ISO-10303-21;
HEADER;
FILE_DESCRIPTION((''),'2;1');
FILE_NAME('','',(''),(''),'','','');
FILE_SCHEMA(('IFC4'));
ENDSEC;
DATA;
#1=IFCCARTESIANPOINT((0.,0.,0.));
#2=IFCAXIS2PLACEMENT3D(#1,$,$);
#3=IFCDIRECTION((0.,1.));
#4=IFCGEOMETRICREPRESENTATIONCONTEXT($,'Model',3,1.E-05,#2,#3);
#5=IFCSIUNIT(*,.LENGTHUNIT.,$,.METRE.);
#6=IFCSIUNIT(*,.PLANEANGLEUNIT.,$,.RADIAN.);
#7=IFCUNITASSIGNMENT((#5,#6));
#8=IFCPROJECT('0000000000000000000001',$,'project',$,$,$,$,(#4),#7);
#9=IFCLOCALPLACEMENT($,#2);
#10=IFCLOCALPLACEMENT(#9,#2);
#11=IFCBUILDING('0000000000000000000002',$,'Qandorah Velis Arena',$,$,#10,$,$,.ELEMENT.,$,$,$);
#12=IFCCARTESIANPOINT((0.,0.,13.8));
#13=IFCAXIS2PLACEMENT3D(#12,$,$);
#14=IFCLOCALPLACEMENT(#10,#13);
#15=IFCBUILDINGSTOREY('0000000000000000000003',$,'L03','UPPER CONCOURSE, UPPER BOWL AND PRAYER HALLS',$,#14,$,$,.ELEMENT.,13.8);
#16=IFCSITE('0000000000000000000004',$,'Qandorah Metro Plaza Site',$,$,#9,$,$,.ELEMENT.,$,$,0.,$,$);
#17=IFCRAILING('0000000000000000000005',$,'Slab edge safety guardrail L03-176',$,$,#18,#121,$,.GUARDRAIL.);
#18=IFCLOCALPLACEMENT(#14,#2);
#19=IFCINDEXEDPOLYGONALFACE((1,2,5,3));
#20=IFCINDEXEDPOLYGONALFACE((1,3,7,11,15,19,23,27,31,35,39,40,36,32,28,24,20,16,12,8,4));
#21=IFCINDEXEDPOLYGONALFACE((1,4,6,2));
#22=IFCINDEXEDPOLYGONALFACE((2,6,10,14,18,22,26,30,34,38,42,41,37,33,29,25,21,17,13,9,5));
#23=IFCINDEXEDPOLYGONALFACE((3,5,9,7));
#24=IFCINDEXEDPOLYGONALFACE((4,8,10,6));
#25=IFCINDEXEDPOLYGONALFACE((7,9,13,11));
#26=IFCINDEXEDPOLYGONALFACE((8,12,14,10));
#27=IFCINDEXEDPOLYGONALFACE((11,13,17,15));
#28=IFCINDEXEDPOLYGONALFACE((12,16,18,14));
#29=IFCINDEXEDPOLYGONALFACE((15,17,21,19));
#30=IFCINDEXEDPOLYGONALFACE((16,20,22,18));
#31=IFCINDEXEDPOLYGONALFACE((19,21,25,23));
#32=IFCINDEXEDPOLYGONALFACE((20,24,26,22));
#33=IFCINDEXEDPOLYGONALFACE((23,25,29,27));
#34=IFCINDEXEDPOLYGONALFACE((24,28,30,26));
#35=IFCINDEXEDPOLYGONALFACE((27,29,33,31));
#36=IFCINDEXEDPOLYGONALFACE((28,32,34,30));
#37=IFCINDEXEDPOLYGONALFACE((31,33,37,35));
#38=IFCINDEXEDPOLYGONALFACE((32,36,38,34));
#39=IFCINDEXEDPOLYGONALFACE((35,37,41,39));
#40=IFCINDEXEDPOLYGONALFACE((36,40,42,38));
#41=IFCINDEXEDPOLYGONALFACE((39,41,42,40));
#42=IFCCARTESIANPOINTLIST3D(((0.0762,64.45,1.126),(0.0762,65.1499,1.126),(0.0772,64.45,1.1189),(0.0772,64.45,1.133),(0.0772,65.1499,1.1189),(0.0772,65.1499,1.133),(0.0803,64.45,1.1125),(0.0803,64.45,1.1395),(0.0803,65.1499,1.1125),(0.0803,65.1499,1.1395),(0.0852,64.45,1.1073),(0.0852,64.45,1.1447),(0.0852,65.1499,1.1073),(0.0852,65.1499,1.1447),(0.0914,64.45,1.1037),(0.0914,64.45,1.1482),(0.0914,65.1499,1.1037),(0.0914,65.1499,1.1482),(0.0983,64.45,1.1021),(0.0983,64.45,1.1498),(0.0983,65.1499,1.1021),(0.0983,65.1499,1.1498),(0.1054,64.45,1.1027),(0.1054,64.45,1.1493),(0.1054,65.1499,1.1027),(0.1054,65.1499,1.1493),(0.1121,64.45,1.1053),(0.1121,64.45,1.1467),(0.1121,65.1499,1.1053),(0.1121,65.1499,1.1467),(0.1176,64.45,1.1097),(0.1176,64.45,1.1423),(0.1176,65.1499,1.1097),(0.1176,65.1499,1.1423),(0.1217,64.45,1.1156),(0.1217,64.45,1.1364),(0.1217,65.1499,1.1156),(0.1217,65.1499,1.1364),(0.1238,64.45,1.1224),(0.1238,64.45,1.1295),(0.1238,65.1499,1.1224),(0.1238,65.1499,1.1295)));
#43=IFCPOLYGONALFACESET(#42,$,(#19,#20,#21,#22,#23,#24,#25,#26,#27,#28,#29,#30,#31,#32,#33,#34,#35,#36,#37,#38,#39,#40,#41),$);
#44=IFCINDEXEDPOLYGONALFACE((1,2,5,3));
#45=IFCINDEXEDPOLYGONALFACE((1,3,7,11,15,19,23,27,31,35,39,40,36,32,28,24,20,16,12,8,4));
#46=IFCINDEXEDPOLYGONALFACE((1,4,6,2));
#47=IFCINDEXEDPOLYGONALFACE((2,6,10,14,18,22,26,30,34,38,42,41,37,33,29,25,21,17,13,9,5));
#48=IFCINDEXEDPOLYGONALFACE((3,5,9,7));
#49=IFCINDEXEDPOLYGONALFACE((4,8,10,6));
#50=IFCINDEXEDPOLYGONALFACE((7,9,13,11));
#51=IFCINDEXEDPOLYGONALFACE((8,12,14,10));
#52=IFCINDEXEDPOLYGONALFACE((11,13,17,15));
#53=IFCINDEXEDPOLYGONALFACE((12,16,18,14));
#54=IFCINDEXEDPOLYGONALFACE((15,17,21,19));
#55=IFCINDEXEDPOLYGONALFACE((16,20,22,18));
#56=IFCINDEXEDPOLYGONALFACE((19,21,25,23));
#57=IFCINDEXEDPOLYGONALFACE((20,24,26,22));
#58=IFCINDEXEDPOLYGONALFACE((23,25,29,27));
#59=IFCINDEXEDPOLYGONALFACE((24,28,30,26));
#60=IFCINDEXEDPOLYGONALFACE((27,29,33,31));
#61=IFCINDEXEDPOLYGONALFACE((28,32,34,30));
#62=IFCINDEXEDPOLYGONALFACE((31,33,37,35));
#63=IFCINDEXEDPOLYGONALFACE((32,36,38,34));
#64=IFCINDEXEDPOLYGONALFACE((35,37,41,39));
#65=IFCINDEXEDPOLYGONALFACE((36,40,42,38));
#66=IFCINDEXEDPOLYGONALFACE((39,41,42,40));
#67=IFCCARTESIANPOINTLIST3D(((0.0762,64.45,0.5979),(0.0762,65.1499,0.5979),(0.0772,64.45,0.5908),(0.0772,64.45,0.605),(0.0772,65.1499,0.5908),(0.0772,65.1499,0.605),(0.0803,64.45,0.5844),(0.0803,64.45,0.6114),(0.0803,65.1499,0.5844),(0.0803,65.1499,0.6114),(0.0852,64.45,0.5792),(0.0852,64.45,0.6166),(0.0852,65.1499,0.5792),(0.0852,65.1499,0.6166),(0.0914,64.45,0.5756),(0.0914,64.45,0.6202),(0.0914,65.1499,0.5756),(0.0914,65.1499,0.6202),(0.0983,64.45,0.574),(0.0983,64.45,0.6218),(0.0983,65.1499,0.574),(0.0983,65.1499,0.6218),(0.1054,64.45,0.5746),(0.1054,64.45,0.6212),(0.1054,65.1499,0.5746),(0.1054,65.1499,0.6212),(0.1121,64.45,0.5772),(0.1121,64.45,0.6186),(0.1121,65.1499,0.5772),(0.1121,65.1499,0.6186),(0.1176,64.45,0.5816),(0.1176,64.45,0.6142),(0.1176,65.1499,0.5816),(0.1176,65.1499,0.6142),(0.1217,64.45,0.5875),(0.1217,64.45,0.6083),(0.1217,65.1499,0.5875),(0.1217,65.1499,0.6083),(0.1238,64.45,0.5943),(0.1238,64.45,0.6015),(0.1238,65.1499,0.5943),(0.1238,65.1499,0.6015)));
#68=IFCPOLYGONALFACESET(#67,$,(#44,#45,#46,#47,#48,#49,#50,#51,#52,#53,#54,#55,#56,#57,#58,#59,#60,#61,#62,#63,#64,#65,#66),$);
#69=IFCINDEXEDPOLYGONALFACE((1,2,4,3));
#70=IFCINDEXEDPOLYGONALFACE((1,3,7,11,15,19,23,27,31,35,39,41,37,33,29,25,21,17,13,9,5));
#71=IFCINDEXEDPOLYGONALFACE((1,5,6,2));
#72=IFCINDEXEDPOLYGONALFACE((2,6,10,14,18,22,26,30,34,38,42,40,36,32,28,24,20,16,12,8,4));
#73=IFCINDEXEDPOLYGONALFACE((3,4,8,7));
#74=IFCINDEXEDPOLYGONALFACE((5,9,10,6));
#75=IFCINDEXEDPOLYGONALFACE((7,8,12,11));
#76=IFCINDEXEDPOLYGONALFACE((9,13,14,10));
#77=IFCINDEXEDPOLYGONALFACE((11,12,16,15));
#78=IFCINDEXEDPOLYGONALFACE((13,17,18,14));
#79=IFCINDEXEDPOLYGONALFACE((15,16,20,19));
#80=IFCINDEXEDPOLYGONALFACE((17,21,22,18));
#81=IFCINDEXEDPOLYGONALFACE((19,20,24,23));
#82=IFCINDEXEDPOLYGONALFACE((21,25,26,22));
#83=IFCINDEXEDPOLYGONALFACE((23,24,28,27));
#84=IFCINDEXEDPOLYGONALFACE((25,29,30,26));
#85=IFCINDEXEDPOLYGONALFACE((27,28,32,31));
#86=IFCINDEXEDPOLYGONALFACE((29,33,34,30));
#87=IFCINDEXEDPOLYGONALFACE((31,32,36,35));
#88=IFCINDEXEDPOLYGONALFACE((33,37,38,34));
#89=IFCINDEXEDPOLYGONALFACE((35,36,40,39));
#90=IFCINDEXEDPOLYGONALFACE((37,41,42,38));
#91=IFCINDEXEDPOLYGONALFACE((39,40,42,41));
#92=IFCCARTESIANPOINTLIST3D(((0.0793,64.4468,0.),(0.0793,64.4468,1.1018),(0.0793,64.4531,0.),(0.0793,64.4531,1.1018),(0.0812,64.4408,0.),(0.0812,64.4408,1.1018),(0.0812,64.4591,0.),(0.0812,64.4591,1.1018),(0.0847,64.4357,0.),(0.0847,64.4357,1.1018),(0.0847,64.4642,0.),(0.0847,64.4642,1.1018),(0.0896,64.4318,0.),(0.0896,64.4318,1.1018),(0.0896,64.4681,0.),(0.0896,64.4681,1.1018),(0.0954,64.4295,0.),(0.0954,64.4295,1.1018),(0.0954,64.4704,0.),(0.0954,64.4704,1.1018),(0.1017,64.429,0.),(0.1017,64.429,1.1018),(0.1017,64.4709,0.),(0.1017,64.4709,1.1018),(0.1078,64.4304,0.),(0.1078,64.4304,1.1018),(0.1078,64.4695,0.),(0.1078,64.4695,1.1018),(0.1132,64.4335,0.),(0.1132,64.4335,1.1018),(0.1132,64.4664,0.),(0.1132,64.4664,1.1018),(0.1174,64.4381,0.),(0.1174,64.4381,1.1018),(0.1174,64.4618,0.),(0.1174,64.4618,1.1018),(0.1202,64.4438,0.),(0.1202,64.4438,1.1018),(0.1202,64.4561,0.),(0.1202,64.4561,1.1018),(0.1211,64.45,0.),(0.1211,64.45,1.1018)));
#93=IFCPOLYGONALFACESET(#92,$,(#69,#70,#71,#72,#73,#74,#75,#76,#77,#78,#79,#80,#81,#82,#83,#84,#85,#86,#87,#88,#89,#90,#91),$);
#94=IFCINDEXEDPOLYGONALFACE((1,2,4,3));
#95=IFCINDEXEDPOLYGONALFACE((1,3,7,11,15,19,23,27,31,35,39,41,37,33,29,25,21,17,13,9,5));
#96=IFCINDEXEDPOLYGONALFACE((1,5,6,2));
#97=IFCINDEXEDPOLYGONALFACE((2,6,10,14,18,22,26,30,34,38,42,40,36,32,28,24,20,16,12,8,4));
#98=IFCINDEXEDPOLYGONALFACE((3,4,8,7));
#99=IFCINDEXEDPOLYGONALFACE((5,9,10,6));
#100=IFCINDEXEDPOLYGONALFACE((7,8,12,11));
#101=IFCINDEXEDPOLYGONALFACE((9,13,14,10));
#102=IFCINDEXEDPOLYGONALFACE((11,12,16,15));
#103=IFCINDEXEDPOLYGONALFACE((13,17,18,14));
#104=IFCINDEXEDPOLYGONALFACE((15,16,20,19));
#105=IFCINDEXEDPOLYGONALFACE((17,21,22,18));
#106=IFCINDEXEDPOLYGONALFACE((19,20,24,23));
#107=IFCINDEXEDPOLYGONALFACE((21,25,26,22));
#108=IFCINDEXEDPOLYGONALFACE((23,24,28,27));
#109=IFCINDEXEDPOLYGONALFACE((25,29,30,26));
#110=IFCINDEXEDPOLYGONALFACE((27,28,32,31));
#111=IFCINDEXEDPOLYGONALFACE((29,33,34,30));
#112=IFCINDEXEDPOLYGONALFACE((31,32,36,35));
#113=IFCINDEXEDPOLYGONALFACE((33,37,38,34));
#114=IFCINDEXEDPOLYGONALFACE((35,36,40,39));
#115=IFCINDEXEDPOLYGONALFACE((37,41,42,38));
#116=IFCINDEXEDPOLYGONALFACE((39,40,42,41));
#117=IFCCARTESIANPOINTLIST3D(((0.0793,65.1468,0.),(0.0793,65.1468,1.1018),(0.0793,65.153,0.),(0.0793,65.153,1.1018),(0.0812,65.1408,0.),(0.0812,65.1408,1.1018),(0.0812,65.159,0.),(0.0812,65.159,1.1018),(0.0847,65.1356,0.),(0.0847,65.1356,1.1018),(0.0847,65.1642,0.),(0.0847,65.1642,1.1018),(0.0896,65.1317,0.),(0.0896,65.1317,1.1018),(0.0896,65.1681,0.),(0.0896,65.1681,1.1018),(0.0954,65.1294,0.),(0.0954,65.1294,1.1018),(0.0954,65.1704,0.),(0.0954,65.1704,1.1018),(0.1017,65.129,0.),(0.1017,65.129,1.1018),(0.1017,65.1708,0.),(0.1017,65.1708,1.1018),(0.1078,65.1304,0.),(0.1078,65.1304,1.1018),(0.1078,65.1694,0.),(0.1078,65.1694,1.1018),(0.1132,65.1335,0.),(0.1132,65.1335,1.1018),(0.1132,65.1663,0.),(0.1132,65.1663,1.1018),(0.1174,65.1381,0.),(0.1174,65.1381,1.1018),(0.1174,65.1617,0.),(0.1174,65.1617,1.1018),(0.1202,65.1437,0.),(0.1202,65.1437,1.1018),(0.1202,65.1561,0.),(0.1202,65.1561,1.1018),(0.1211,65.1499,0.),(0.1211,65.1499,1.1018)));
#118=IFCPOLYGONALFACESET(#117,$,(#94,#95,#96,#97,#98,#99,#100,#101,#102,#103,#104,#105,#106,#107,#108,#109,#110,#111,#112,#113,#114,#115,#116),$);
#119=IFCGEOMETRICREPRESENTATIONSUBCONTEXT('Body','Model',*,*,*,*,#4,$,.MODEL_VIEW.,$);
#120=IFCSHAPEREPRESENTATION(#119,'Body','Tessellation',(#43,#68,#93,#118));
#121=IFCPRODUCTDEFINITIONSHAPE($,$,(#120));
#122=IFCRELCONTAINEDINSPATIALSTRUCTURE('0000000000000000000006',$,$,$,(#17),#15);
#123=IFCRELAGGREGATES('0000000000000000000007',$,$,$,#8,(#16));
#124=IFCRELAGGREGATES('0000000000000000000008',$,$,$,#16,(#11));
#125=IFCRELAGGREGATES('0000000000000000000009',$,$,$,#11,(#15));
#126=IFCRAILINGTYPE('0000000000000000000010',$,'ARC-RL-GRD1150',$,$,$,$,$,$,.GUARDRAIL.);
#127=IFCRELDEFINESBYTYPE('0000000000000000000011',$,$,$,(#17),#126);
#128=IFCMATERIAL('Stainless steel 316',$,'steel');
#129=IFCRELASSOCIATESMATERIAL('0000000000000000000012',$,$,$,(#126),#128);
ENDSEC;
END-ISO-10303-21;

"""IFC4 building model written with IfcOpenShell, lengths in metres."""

from ifc_helpers import new_model, si_unit, direction, frame, origin, origin_2d, place, context, subcontext, project, spatial, circle, extrude, material, type_object, element, save


model = new_model("IFC4")

# Units and contexts
model_context = context("Model", 3, precision=1e-05, world=origin(), true_north=direction((0.0, 1.0)))
body_context = subcontext(model_context, "Body", "Model", "MODEL_VIEW")
ifc_project = project(units=[si_unit("LENGTHUNIT", "METRE"), si_unit("PLANEANGLEUNIT", "RADIAN")], contexts=[model_context])

# Site, building, storey
site_placement = place(None, origin())
site = spatial("IfcSite", under=ifc_project, at=site_placement, Name="Qandorah Metro Plaza Site", CompositionType="ELEMENT", RefElevation=0.0)
building_placement = place(site_placement, origin())
building = spatial("IfcBuilding", under=site, at=building_placement, Name="Qandorah Velis Arena", CompositionType="ELEMENT")
storey_placement = place(building_placement, frame((0.0, 0.0, 13.8)))
storey = spatial("IfcBuildingStorey", under=building, at=storey_placement, Name="L03", Description="UPPER CONCOURSE, UPPER BOWL AND PRAYER HALLS", CompositionType="ELEMENT", Elevation=13.8)

# Railing
ifc_material_1 = material(Name="Stainless steel 316", Category="steel")
railing_type = type_object("IfcRailingType", Name="ARC-RL-GRD1150", PredefinedType="GUARDRAIL", material=ifc_material_1)
railing_1_placement = place(storey_placement, frame((0.1001, 64.45, 0.0)))
element("IfcRailing", 1, at=railing_1_placement, inside=storey, type_object=railing_type, Name="Slab edge safety guardrail L03-176", PredefinedType="GUARDRAIL", context=body_context, shape_type="SweptSolid", body=[
    extrude(circle(Radius=0.0239, at=origin_2d()), frame((0.0, 0.0, 1.126), z_axis=(0.0, 1.0, 0.0), x_axis=(-1.0, 0.0, 0.0)), (0.0, 0.0, 1.0), 0.7),
    extrude(circle(Radius=0.0239, at=origin_2d()), frame((0.0, 0.0, 0.5979), z_axis=(0.0, 1.0, 0.0), x_axis=(-1.0, 0.0, 0.0)), (0.0, 0.0, 1.0), 0.7),
    extrude(circle(Radius=0.021, at=origin_2d()), origin(), (0.0, 0.0, 1.0), 1.1018),
    extrude(circle(Radius=0.021, at=origin_2d()), frame((0.0, 0.7, 0.0)), (0.0, 0.0, 1.0), 1.1018),
])

save(model, "model.ifc")
